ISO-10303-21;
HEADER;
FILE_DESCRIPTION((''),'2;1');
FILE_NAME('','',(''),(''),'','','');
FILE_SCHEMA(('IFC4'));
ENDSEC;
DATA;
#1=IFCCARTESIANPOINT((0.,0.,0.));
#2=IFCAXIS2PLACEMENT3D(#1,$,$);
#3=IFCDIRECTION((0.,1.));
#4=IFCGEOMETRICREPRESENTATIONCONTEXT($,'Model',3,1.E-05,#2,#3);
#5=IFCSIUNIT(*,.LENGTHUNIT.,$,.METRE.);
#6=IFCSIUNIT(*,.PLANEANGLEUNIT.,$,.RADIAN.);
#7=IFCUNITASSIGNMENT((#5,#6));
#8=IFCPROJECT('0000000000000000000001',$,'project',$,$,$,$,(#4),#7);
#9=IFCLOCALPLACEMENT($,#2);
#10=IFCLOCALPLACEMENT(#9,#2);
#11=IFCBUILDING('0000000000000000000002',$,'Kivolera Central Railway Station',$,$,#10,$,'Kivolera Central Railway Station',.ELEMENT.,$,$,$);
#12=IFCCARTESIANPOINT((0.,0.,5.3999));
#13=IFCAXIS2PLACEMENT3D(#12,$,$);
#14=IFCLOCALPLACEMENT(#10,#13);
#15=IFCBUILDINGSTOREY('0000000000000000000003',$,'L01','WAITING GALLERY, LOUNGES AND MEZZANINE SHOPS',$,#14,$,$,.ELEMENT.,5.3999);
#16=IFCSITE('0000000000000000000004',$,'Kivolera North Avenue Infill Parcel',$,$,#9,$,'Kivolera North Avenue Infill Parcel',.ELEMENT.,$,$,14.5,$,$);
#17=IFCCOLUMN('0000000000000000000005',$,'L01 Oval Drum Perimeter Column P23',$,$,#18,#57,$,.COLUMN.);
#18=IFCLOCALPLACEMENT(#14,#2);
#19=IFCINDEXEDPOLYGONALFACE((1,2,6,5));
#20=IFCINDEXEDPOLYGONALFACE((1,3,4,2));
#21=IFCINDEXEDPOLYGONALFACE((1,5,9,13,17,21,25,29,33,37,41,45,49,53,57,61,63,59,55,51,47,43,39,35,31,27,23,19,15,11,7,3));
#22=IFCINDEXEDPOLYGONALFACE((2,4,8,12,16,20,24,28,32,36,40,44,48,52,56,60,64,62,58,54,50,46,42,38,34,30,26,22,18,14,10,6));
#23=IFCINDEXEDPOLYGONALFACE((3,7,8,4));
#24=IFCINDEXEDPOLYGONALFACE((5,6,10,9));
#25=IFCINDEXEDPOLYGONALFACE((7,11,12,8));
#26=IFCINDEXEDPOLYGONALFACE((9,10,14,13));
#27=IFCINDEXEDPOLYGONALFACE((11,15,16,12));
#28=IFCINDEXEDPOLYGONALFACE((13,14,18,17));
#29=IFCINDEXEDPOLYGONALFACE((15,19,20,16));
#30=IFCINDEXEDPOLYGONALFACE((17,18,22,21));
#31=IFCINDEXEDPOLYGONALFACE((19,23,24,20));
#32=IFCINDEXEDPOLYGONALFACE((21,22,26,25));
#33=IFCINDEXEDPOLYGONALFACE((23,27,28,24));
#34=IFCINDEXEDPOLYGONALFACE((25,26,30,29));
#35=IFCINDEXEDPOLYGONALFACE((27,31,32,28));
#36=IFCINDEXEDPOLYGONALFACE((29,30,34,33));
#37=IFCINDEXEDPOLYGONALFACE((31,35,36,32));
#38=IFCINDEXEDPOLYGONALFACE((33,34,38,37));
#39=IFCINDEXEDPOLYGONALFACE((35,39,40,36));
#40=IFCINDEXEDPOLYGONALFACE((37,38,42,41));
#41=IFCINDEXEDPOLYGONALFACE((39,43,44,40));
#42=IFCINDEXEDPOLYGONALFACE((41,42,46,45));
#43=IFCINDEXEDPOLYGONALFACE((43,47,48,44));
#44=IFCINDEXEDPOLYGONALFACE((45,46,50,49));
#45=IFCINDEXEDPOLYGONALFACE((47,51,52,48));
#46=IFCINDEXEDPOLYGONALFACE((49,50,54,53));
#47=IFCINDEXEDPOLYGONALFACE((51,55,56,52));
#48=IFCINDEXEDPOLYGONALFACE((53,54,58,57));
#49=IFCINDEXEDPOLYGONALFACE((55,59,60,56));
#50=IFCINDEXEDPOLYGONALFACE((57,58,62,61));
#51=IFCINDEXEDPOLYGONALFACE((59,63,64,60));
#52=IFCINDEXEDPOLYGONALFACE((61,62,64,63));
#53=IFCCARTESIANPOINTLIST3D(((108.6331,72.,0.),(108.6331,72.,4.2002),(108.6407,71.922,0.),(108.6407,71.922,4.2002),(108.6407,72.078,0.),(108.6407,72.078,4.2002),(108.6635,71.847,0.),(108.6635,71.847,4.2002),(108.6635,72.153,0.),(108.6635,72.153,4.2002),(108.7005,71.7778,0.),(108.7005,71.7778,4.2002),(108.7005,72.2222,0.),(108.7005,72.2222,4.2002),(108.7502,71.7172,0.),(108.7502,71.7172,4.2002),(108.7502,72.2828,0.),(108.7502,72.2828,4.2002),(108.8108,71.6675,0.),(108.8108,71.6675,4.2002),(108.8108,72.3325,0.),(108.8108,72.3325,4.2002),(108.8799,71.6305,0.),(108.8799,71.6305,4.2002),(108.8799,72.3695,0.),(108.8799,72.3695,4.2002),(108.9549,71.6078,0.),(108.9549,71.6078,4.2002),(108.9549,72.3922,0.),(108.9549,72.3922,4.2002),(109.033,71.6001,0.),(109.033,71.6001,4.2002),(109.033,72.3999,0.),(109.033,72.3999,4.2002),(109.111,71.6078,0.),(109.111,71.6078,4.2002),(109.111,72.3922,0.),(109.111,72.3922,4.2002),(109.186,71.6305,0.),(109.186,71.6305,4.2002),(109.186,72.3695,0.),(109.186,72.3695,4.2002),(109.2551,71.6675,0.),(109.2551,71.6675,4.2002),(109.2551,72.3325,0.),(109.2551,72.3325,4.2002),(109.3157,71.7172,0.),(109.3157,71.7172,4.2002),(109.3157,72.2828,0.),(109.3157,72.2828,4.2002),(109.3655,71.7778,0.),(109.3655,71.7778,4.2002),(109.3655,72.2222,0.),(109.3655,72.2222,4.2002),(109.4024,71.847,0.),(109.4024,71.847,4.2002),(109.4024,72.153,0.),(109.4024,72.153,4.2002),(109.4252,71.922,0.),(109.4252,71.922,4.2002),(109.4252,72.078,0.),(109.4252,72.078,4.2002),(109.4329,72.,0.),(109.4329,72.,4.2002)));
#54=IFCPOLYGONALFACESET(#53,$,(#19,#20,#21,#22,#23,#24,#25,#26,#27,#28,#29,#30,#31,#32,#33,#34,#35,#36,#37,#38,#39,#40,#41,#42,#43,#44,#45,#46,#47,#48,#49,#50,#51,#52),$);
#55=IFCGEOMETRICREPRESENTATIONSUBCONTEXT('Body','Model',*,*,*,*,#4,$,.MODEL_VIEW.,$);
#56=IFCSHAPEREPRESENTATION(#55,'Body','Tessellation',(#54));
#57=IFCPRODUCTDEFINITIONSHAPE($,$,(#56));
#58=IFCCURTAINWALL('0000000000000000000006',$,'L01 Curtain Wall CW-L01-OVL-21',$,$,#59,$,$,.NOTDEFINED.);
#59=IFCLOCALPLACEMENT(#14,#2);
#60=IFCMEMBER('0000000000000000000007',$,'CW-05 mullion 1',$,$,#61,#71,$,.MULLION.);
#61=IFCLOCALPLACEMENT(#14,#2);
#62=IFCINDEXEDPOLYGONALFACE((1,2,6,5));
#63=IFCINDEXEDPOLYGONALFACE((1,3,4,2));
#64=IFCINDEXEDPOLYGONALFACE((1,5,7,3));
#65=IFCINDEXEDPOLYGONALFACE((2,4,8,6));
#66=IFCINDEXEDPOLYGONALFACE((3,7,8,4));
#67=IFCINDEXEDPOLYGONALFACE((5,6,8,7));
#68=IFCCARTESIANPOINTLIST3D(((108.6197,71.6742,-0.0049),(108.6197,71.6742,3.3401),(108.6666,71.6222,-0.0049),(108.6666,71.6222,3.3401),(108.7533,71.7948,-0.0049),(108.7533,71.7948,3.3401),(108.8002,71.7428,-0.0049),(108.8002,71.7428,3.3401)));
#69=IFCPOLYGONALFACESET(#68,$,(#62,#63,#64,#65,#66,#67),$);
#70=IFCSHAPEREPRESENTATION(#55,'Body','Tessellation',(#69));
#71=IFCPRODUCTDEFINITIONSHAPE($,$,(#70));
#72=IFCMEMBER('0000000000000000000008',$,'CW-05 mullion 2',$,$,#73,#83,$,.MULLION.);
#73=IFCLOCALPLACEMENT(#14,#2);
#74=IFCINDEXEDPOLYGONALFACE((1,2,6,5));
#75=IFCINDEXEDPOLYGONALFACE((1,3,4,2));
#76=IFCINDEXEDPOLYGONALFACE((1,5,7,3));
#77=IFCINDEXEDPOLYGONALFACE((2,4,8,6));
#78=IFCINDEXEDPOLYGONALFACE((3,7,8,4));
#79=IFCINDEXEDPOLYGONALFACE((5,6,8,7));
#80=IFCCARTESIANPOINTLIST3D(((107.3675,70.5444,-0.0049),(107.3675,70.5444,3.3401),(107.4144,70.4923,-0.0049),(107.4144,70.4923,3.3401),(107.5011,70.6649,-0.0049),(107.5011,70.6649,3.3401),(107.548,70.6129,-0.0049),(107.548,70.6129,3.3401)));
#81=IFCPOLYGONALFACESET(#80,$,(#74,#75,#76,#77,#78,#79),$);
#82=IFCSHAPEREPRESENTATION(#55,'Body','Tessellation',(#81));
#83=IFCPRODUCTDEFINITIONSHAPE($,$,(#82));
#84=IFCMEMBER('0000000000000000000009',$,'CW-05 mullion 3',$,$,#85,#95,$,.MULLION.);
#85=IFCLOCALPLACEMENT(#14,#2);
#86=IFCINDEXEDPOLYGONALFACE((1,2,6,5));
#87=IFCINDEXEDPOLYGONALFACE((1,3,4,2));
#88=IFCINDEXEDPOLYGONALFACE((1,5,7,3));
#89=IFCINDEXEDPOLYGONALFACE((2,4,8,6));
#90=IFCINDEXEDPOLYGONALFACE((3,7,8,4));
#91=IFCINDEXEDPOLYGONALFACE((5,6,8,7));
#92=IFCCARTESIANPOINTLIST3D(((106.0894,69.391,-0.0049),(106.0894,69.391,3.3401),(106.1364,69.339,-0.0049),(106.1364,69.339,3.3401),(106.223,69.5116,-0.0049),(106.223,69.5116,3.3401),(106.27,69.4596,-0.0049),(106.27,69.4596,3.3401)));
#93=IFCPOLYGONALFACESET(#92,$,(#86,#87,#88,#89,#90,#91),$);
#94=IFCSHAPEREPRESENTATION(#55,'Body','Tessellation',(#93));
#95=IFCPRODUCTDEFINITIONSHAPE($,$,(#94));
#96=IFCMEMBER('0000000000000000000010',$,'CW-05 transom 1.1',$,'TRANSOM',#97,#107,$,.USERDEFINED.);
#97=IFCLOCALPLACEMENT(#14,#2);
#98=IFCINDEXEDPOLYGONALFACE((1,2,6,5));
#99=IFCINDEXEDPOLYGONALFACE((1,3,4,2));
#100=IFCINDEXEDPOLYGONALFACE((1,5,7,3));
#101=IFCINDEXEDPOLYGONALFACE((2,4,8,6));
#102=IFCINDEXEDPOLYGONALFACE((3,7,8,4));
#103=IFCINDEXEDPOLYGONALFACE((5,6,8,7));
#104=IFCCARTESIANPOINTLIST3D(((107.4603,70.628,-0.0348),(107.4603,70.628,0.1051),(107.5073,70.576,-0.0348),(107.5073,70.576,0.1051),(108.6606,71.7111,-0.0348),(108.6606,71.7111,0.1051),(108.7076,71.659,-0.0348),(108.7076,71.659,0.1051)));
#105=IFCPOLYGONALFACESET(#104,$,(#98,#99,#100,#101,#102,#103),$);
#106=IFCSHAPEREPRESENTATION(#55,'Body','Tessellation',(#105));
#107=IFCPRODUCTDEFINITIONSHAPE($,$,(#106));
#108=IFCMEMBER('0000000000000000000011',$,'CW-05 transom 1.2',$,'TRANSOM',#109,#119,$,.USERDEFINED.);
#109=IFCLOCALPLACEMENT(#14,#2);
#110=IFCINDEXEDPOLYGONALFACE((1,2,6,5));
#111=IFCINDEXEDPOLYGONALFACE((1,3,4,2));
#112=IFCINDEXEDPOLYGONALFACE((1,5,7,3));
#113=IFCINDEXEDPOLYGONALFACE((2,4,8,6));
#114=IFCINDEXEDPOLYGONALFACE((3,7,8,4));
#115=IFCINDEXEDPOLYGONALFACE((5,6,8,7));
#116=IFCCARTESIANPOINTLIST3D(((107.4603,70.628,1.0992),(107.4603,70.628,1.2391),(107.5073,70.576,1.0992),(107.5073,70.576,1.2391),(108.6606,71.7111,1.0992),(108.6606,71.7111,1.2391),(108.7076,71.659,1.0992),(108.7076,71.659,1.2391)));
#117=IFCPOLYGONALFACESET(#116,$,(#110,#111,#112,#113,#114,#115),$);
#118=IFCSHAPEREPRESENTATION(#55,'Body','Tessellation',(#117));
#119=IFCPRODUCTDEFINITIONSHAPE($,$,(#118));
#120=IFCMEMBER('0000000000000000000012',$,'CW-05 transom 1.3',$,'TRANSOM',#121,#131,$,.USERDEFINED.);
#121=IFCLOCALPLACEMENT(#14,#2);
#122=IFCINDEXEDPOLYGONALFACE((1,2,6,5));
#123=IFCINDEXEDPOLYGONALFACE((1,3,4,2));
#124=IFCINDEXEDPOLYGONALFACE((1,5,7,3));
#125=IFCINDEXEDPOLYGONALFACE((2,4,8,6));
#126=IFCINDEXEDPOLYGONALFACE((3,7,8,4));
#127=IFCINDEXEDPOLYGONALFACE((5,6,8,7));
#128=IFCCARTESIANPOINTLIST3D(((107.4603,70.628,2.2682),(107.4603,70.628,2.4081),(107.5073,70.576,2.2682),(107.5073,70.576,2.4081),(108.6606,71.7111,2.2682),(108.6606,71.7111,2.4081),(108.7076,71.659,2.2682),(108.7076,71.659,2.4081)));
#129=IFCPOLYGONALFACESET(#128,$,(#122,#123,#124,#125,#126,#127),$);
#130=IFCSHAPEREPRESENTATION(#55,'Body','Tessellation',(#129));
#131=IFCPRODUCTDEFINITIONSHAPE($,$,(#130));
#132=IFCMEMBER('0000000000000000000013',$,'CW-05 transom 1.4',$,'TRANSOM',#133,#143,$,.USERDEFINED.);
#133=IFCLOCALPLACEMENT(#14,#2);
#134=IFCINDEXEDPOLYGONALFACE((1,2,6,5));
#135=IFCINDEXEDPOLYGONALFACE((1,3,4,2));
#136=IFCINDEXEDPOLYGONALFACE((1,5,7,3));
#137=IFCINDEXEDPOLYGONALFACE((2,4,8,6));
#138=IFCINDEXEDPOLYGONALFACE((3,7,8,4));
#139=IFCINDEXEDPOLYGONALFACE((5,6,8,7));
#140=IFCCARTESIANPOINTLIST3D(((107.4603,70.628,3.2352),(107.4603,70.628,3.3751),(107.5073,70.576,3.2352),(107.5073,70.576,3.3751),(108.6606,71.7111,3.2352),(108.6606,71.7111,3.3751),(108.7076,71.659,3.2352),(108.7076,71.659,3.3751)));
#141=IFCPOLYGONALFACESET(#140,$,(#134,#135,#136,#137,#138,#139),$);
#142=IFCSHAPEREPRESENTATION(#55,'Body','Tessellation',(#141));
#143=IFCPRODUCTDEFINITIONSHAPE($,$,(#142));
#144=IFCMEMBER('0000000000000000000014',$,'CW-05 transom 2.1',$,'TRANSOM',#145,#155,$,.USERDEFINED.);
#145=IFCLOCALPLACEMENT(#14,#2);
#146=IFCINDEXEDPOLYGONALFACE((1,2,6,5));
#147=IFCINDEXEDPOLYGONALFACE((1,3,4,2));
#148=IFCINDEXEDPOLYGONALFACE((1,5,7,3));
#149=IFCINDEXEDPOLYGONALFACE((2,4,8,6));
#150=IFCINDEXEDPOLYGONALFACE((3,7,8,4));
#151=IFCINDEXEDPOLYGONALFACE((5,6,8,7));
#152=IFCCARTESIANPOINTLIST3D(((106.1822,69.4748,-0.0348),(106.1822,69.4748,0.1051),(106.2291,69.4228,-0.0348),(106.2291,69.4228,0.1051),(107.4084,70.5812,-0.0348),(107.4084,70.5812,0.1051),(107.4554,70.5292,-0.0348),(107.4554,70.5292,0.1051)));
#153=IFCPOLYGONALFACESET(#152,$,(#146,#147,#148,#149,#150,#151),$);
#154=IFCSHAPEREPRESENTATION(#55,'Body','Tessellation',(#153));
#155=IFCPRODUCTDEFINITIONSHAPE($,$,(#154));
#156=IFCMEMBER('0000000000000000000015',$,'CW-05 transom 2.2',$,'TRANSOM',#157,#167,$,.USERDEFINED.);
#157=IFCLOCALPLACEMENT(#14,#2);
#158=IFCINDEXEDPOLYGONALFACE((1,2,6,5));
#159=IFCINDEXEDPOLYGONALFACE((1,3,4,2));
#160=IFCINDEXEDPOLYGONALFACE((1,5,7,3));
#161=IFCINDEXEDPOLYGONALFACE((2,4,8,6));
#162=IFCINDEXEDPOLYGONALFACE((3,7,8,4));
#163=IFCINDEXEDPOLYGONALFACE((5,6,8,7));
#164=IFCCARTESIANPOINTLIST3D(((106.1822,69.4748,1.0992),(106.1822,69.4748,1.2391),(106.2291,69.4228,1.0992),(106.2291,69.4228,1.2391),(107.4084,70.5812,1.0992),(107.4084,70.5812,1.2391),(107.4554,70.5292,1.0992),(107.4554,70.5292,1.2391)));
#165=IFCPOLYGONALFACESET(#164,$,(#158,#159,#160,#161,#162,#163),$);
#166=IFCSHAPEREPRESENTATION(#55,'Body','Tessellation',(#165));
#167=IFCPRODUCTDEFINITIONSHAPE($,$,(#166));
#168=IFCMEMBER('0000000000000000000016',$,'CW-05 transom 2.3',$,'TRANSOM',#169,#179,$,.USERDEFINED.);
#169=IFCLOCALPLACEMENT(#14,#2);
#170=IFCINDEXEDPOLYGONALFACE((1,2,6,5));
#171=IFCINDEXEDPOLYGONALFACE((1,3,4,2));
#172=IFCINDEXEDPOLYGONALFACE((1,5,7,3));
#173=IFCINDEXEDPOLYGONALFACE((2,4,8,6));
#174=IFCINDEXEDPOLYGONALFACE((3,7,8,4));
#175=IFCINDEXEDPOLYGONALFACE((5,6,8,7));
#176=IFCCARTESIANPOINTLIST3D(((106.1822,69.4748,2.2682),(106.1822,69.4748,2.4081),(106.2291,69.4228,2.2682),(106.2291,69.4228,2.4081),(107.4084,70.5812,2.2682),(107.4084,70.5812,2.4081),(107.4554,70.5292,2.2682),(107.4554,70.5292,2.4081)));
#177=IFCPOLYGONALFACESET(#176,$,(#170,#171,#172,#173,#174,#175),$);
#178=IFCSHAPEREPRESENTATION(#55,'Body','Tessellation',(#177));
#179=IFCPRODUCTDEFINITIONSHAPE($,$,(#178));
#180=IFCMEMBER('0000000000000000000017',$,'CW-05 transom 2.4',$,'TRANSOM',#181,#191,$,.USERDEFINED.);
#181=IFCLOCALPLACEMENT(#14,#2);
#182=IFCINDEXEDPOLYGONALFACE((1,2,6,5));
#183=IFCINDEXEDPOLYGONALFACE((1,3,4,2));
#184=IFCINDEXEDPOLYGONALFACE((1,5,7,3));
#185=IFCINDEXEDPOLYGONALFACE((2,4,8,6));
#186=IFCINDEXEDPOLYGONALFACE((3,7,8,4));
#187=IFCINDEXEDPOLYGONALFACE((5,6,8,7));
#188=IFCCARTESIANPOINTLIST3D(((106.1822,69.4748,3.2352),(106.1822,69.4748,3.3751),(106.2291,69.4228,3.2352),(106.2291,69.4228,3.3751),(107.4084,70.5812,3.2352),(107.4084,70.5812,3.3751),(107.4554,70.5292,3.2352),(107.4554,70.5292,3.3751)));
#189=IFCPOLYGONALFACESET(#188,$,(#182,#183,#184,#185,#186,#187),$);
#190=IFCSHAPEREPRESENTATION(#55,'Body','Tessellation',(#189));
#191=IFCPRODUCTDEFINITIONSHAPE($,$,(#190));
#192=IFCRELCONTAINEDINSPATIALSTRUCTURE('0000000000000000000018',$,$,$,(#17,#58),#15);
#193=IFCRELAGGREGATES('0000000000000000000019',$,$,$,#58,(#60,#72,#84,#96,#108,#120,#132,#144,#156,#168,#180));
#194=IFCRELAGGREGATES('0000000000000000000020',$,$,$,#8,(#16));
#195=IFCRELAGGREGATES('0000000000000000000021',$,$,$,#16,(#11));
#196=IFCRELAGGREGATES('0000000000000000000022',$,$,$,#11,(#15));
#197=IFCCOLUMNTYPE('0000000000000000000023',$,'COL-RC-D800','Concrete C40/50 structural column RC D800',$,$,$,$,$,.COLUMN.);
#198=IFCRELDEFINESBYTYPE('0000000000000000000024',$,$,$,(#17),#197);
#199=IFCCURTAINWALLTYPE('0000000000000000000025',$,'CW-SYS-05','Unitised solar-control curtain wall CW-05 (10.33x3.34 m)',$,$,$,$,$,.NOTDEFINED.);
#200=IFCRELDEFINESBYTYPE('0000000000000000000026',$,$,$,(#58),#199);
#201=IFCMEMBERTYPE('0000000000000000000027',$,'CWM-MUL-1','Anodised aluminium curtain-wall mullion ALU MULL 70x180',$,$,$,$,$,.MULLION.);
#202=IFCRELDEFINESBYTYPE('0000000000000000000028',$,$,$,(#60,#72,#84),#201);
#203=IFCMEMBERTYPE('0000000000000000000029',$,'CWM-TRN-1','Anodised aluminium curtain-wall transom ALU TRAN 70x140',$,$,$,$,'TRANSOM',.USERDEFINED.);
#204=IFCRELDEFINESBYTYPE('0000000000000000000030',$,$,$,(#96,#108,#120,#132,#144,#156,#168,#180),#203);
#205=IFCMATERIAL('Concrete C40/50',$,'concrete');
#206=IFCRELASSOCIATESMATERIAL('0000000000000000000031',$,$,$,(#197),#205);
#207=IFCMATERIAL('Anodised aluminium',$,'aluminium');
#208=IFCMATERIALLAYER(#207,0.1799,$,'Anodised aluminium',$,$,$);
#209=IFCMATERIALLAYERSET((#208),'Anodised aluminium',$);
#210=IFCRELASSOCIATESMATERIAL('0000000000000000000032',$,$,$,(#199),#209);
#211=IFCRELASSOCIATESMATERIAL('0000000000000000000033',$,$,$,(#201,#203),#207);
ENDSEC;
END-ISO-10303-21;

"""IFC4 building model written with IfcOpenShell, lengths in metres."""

from ifc_helpers import new_model, si_unit, direction, frame, origin, origin_2d, place, context, subcontext, project, spatial, rectangle, circle, extrude, material, layer, layer_set, material_profile, profile_set, type_object, element, aggregate, save


model = new_model("IFC4")

# Units and contexts
model_context = context("Model", 3, precision=1e-05, world=origin(), true_north=direction((0.0, 1.0)))
body_context = subcontext(model_context, "Body", "Model", "MODEL_VIEW")
ifc_project = project(units=[si_unit("LENGTHUNIT", "METRE"), si_unit("PLANEANGLEUNIT", "RADIAN")], contexts=[model_context])

# Site, building, storey
site_placement = place(None, origin())
site = spatial("IfcSite", under=ifc_project, at=site_placement, Name="Kivolera North Avenue Infill Parcel", LongName="Kivolera North Avenue Infill Parcel", CompositionType="ELEMENT", RefElevation=14.5)
building_placement = place(site_placement, origin())
building = spatial("IfcBuilding", under=site, at=building_placement, Name="Kivolera Central Railway Station", LongName="Kivolera Central Railway Station", CompositionType="ELEMENT")
storey_placement = place(building_placement, frame((0.0, 0.0, 5.3999)))
storey = spatial("IfcBuildingStorey", under=building, at=storey_placement, Name="L01", Description="WAITING GALLERY, LOUNGES AND MEZZANINE SHOPS", CompositionType="ELEMENT", Elevation=5.3999)

# Column
ifc_material_1 = material(Name="Concrete C40/50", Category="concrete")
ifc_material_profile_1 = material_profile(ifc_material_1, circle(Radius=0.3999, at=origin_2d()), Name="RC D800")
ifc_profile_set_1 = profile_set([ifc_material_profile_1], Name="Concrete C40/50")
column_type = type_object("IfcColumnType", Name="COL-RC-D800", Description="Concrete C40/50 structural column RC D800", PredefinedType="COLUMN", material=ifc_profile_set_1)
column_placement = place(storey_placement, frame((109.033, 72.0, 0.0), z_axis=(0.0, 0.0, 1.0), x_axis=(1.0, 0.0, 0.0)))
element("IfcColumn", 1, at=column_placement, inside=storey, type_object=column_type, Name="L01 Oval Drum Perimeter Column P23", PredefinedType="COLUMN", context=body_context, shape_type="SweptSolid", body=[
    extrude(circle(Radius=0.3999, at=origin_2d()), origin(), (0.0, 0.0, 1.0), 4.2002),
])

# Curtain wall, members
ifc_material_2 = material(Name="Anodised aluminium", Category="aluminium")
ifc_layer_1 = layer(ifc_material_2, 0.1799, Name="Anodised aluminium")
ifc_layer_set_1 = layer_set([ifc_layer_1], Name="Anodised aluminium")
curtain_wall_type = type_object("IfcCurtainWallType", Name="CW-SYS-05", Description="Unitised solar-control curtain wall CW-05 (10.33x3.34 m)", PredefinedType="NOTDEFINED", material=ifc_layer_set_1)
curtain_wall_placement = place(storey_placement, origin())
curtain_wall = element("IfcCurtainWall", 2, at=curtain_wall_placement, inside=storey, type_object=curtain_wall_type, Name="L01 Curtain Wall CW-L01-OVL-21", PredefinedType="NOTDEFINED")
ifc_material_profile_2 = material_profile(ifc_material_2, rectangle(XDim=0.0701, YDim=0.1799, at=origin_2d()), Name="ALU MULL 70x180")
ifc_profile_set_2 = profile_set([ifc_material_profile_2], Name="Anodised aluminium")
member_type_1 = type_object("IfcMemberType", Name="CWM-MUL-1", Description="Anodised aluminium curtain-wall mullion ALU MULL 70x180", PredefinedType="MULLION", material=ifc_profile_set_2)
member_1_placement = place(storey_placement, frame((108.71, 71.7085, -0.0049), z_axis=(0.0, 0.0, 1.0), x_axis=(0.669922, -0.742432, 0.0)))
member_1 = element("IfcMember", 3, at=member_1_placement, type_object=member_type_1, Name="CW-05 mullion 1", PredefinedType="MULLION", context=body_context, shape_type="SweptSolid", body=[
    extrude(rectangle(XDim=0.0701, YDim=0.1799, at=origin_2d()), origin(), (0.0, 0.0, 1.0), 3.345),
])
member_2_placement = place(storey_placement, frame((107.4578, 70.5786, -0.0049), z_axis=(0.0, 0.0, 1.0), x_axis=(0.669922, -0.742432, 0.0)))
member_2 = element("IfcMember", 4, at=member_2_placement, type_object=member_type_1, Name="CW-05 mullion 2", PredefinedType="MULLION", context=body_context, shape_type="SweptSolid", body=[
    extrude(rectangle(XDim=0.0701, YDim=0.1799, at=origin_2d()), origin(), (0.0, 0.0, 1.0), 3.345),
])
member_3_placement = place(storey_placement, frame((106.1797, 69.4253, -0.0049), z_axis=(0.0, 0.0, 1.0), x_axis=(0.669922, -0.742432, 0.0)))
member_3 = element("IfcMember", 5, at=member_3_placement, type_object=member_type_1, Name="CW-05 mullion 3", PredefinedType="MULLION", context=body_context, shape_type="SweptSolid", body=[
    extrude(rectangle(XDim=0.0701, YDim=0.1799, at=origin_2d()), origin(), (0.0, 0.0, 1.0), 3.345),
])
ifc_material_profile_3 = material_profile(ifc_material_2, rectangle(XDim=0.0701, YDim=0.1399, at=origin_2d()), Name="ALU TRAN 70x140")
ifc_profile_set_3 = profile_set([ifc_material_profile_3], Name="Anodised aluminium")
member_type_2 = type_object("IfcMemberType", Name="CWM-TRN-1", Description="Anodised aluminium curtain-wall transom ALU TRAN 70x140", ElementType="TRANSOM", PredefinedType="USERDEFINED", material=ifc_profile_set_3)
member_4_placement = place(storey_placement, frame((108.6841, 71.6851, 0.0352), z_axis=(-0.742422, -0.669932, 0.0), x_axis=(0.669932, -0.742422, 0.0)))
member_4 = element("IfcMember", 6, at=member_4_placement, type_object=member_type_2, Name="CW-05 transom 1.1", ObjectType="TRANSOM", PredefinedType="USERDEFINED", context=body_context, shape_type="SweptSolid", body=[
    extrude(rectangle(XDim=0.0701, YDim=0.1399, at=origin_2d()), origin(), (0.0, 0.0, 1.0), 1.6167),
])
member_5_placement = place(storey_placement, frame((108.6841, 71.6851, 1.1692), z_axis=(-0.742422, -0.669932, 0.0), x_axis=(0.669932, -0.742422, 0.0)))
member_5 = element("IfcMember", 7, at=member_5_placement, type_object=member_type_2, Name="CW-05 transom 1.2", ObjectType="TRANSOM", PredefinedType="USERDEFINED", context=body_context, shape_type="SweptSolid", body=[
    extrude(rectangle(XDim=0.0701, YDim=0.1399, at=origin_2d()), origin(), (0.0, 0.0, 1.0), 1.6167),
])
member_6_placement = place(storey_placement, frame((108.6841, 71.6851, 2.3381), z_axis=(-0.742422, -0.669932, 0.0), x_axis=(0.669932, -0.742422, 0.0)))
member_6 = element("IfcMember", 8, at=member_6_placement, type_object=member_type_2, Name="CW-05 transom 1.3", ObjectType="TRANSOM", PredefinedType="USERDEFINED", context=body_context, shape_type="SweptSolid", body=[
    extrude(rectangle(XDim=0.0701, YDim=0.1399, at=origin_2d()), origin(), (0.0, 0.0, 1.0), 1.6167),
])
member_7_placement = place(storey_placement, frame((108.6841, 71.6851, 3.3052), z_axis=(-0.742422, -0.669932, 0.0), x_axis=(0.669932, -0.742422, 0.0)))
member_7 = element("IfcMember", 9, at=member_7_placement, type_object=member_type_2, Name="CW-05 transom 1.4", ObjectType="TRANSOM", PredefinedType="USERDEFINED", context=body_context, shape_type="SweptSolid", body=[
    extrude(rectangle(XDim=0.0701, YDim=0.1399, at=origin_2d()), origin(), (0.0, 0.0, 1.0), 1.6167),
])
member_8_placement = place(storey_placement, frame((107.4319, 70.5552, 0.0352), z_axis=(-0.742463, -0.669887, 0.0), x_axis=(0.669887, -0.742463, 0.0)))
member_8 = element("IfcMember", 10, at=member_8_placement, type_object=member_type_2, Name="CW-05 transom 2.1", ObjectType="TRANSOM", PredefinedType="USERDEFINED", context=body_context, shape_type="SweptSolid", body=[
    extrude(rectangle(XDim=0.0701, YDim=0.1399, at=origin_2d()), origin(), (0.0, 0.0, 1.0), 1.6516),
])
member_9_placement = place(storey_placement, frame((107.4319, 70.5552, 1.1692), z_axis=(-0.742463, -0.669887, 0.0), x_axis=(0.669887, -0.742463, 0.0)))
member_9 = element("IfcMember", 11, at=member_9_placement, type_object=member_type_2, Name="CW-05 transom 2.2", ObjectType="TRANSOM", PredefinedType="USERDEFINED", context=body_context, shape_type="SweptSolid", body=[
    extrude(rectangle(XDim=0.0701, YDim=0.1399, at=origin_2d()), origin(), (0.0, 0.0, 1.0), 1.6516),
])
member_10_placement = place(storey_placement, frame((107.4319, 70.5552, 2.3381), z_axis=(-0.742463, -0.669887, 0.0), x_axis=(0.669887, -0.742463, 0.0)))
member_10 = element("IfcMember", 12, at=member_10_placement, type_object=member_type_2, Name="CW-05 transom 2.3", ObjectType="TRANSOM", PredefinedType="USERDEFINED", context=body_context, shape_type="SweptSolid", body=[
    extrude(rectangle(XDim=0.0701, YDim=0.1399, at=origin_2d()), origin(), (0.0, 0.0, 1.0), 1.6516),
])
member_11_placement = place(storey_placement, frame((107.4319, 70.5552, 3.3052), z_axis=(-0.742463, -0.669887, 0.0), x_axis=(0.669887, -0.742463, 0.0)))
member_11 = element("IfcMember", 13, at=member_11_placement, type_object=member_type_2, Name="CW-05 transom 2.4", ObjectType="TRANSOM", PredefinedType="USERDEFINED", context=body_context, shape_type="SweptSolid", body=[
    extrude(rectangle(XDim=0.0701, YDim=0.1399, at=origin_2d()), origin(), (0.0, 0.0, 1.0), 1.6516),
])
aggregate(curtain_wall, [member_1, member_2, member_3, member_4, member_5, member_6, member_7, member_8, member_9, member_10, member_11])

save(model, "model.ifc")
